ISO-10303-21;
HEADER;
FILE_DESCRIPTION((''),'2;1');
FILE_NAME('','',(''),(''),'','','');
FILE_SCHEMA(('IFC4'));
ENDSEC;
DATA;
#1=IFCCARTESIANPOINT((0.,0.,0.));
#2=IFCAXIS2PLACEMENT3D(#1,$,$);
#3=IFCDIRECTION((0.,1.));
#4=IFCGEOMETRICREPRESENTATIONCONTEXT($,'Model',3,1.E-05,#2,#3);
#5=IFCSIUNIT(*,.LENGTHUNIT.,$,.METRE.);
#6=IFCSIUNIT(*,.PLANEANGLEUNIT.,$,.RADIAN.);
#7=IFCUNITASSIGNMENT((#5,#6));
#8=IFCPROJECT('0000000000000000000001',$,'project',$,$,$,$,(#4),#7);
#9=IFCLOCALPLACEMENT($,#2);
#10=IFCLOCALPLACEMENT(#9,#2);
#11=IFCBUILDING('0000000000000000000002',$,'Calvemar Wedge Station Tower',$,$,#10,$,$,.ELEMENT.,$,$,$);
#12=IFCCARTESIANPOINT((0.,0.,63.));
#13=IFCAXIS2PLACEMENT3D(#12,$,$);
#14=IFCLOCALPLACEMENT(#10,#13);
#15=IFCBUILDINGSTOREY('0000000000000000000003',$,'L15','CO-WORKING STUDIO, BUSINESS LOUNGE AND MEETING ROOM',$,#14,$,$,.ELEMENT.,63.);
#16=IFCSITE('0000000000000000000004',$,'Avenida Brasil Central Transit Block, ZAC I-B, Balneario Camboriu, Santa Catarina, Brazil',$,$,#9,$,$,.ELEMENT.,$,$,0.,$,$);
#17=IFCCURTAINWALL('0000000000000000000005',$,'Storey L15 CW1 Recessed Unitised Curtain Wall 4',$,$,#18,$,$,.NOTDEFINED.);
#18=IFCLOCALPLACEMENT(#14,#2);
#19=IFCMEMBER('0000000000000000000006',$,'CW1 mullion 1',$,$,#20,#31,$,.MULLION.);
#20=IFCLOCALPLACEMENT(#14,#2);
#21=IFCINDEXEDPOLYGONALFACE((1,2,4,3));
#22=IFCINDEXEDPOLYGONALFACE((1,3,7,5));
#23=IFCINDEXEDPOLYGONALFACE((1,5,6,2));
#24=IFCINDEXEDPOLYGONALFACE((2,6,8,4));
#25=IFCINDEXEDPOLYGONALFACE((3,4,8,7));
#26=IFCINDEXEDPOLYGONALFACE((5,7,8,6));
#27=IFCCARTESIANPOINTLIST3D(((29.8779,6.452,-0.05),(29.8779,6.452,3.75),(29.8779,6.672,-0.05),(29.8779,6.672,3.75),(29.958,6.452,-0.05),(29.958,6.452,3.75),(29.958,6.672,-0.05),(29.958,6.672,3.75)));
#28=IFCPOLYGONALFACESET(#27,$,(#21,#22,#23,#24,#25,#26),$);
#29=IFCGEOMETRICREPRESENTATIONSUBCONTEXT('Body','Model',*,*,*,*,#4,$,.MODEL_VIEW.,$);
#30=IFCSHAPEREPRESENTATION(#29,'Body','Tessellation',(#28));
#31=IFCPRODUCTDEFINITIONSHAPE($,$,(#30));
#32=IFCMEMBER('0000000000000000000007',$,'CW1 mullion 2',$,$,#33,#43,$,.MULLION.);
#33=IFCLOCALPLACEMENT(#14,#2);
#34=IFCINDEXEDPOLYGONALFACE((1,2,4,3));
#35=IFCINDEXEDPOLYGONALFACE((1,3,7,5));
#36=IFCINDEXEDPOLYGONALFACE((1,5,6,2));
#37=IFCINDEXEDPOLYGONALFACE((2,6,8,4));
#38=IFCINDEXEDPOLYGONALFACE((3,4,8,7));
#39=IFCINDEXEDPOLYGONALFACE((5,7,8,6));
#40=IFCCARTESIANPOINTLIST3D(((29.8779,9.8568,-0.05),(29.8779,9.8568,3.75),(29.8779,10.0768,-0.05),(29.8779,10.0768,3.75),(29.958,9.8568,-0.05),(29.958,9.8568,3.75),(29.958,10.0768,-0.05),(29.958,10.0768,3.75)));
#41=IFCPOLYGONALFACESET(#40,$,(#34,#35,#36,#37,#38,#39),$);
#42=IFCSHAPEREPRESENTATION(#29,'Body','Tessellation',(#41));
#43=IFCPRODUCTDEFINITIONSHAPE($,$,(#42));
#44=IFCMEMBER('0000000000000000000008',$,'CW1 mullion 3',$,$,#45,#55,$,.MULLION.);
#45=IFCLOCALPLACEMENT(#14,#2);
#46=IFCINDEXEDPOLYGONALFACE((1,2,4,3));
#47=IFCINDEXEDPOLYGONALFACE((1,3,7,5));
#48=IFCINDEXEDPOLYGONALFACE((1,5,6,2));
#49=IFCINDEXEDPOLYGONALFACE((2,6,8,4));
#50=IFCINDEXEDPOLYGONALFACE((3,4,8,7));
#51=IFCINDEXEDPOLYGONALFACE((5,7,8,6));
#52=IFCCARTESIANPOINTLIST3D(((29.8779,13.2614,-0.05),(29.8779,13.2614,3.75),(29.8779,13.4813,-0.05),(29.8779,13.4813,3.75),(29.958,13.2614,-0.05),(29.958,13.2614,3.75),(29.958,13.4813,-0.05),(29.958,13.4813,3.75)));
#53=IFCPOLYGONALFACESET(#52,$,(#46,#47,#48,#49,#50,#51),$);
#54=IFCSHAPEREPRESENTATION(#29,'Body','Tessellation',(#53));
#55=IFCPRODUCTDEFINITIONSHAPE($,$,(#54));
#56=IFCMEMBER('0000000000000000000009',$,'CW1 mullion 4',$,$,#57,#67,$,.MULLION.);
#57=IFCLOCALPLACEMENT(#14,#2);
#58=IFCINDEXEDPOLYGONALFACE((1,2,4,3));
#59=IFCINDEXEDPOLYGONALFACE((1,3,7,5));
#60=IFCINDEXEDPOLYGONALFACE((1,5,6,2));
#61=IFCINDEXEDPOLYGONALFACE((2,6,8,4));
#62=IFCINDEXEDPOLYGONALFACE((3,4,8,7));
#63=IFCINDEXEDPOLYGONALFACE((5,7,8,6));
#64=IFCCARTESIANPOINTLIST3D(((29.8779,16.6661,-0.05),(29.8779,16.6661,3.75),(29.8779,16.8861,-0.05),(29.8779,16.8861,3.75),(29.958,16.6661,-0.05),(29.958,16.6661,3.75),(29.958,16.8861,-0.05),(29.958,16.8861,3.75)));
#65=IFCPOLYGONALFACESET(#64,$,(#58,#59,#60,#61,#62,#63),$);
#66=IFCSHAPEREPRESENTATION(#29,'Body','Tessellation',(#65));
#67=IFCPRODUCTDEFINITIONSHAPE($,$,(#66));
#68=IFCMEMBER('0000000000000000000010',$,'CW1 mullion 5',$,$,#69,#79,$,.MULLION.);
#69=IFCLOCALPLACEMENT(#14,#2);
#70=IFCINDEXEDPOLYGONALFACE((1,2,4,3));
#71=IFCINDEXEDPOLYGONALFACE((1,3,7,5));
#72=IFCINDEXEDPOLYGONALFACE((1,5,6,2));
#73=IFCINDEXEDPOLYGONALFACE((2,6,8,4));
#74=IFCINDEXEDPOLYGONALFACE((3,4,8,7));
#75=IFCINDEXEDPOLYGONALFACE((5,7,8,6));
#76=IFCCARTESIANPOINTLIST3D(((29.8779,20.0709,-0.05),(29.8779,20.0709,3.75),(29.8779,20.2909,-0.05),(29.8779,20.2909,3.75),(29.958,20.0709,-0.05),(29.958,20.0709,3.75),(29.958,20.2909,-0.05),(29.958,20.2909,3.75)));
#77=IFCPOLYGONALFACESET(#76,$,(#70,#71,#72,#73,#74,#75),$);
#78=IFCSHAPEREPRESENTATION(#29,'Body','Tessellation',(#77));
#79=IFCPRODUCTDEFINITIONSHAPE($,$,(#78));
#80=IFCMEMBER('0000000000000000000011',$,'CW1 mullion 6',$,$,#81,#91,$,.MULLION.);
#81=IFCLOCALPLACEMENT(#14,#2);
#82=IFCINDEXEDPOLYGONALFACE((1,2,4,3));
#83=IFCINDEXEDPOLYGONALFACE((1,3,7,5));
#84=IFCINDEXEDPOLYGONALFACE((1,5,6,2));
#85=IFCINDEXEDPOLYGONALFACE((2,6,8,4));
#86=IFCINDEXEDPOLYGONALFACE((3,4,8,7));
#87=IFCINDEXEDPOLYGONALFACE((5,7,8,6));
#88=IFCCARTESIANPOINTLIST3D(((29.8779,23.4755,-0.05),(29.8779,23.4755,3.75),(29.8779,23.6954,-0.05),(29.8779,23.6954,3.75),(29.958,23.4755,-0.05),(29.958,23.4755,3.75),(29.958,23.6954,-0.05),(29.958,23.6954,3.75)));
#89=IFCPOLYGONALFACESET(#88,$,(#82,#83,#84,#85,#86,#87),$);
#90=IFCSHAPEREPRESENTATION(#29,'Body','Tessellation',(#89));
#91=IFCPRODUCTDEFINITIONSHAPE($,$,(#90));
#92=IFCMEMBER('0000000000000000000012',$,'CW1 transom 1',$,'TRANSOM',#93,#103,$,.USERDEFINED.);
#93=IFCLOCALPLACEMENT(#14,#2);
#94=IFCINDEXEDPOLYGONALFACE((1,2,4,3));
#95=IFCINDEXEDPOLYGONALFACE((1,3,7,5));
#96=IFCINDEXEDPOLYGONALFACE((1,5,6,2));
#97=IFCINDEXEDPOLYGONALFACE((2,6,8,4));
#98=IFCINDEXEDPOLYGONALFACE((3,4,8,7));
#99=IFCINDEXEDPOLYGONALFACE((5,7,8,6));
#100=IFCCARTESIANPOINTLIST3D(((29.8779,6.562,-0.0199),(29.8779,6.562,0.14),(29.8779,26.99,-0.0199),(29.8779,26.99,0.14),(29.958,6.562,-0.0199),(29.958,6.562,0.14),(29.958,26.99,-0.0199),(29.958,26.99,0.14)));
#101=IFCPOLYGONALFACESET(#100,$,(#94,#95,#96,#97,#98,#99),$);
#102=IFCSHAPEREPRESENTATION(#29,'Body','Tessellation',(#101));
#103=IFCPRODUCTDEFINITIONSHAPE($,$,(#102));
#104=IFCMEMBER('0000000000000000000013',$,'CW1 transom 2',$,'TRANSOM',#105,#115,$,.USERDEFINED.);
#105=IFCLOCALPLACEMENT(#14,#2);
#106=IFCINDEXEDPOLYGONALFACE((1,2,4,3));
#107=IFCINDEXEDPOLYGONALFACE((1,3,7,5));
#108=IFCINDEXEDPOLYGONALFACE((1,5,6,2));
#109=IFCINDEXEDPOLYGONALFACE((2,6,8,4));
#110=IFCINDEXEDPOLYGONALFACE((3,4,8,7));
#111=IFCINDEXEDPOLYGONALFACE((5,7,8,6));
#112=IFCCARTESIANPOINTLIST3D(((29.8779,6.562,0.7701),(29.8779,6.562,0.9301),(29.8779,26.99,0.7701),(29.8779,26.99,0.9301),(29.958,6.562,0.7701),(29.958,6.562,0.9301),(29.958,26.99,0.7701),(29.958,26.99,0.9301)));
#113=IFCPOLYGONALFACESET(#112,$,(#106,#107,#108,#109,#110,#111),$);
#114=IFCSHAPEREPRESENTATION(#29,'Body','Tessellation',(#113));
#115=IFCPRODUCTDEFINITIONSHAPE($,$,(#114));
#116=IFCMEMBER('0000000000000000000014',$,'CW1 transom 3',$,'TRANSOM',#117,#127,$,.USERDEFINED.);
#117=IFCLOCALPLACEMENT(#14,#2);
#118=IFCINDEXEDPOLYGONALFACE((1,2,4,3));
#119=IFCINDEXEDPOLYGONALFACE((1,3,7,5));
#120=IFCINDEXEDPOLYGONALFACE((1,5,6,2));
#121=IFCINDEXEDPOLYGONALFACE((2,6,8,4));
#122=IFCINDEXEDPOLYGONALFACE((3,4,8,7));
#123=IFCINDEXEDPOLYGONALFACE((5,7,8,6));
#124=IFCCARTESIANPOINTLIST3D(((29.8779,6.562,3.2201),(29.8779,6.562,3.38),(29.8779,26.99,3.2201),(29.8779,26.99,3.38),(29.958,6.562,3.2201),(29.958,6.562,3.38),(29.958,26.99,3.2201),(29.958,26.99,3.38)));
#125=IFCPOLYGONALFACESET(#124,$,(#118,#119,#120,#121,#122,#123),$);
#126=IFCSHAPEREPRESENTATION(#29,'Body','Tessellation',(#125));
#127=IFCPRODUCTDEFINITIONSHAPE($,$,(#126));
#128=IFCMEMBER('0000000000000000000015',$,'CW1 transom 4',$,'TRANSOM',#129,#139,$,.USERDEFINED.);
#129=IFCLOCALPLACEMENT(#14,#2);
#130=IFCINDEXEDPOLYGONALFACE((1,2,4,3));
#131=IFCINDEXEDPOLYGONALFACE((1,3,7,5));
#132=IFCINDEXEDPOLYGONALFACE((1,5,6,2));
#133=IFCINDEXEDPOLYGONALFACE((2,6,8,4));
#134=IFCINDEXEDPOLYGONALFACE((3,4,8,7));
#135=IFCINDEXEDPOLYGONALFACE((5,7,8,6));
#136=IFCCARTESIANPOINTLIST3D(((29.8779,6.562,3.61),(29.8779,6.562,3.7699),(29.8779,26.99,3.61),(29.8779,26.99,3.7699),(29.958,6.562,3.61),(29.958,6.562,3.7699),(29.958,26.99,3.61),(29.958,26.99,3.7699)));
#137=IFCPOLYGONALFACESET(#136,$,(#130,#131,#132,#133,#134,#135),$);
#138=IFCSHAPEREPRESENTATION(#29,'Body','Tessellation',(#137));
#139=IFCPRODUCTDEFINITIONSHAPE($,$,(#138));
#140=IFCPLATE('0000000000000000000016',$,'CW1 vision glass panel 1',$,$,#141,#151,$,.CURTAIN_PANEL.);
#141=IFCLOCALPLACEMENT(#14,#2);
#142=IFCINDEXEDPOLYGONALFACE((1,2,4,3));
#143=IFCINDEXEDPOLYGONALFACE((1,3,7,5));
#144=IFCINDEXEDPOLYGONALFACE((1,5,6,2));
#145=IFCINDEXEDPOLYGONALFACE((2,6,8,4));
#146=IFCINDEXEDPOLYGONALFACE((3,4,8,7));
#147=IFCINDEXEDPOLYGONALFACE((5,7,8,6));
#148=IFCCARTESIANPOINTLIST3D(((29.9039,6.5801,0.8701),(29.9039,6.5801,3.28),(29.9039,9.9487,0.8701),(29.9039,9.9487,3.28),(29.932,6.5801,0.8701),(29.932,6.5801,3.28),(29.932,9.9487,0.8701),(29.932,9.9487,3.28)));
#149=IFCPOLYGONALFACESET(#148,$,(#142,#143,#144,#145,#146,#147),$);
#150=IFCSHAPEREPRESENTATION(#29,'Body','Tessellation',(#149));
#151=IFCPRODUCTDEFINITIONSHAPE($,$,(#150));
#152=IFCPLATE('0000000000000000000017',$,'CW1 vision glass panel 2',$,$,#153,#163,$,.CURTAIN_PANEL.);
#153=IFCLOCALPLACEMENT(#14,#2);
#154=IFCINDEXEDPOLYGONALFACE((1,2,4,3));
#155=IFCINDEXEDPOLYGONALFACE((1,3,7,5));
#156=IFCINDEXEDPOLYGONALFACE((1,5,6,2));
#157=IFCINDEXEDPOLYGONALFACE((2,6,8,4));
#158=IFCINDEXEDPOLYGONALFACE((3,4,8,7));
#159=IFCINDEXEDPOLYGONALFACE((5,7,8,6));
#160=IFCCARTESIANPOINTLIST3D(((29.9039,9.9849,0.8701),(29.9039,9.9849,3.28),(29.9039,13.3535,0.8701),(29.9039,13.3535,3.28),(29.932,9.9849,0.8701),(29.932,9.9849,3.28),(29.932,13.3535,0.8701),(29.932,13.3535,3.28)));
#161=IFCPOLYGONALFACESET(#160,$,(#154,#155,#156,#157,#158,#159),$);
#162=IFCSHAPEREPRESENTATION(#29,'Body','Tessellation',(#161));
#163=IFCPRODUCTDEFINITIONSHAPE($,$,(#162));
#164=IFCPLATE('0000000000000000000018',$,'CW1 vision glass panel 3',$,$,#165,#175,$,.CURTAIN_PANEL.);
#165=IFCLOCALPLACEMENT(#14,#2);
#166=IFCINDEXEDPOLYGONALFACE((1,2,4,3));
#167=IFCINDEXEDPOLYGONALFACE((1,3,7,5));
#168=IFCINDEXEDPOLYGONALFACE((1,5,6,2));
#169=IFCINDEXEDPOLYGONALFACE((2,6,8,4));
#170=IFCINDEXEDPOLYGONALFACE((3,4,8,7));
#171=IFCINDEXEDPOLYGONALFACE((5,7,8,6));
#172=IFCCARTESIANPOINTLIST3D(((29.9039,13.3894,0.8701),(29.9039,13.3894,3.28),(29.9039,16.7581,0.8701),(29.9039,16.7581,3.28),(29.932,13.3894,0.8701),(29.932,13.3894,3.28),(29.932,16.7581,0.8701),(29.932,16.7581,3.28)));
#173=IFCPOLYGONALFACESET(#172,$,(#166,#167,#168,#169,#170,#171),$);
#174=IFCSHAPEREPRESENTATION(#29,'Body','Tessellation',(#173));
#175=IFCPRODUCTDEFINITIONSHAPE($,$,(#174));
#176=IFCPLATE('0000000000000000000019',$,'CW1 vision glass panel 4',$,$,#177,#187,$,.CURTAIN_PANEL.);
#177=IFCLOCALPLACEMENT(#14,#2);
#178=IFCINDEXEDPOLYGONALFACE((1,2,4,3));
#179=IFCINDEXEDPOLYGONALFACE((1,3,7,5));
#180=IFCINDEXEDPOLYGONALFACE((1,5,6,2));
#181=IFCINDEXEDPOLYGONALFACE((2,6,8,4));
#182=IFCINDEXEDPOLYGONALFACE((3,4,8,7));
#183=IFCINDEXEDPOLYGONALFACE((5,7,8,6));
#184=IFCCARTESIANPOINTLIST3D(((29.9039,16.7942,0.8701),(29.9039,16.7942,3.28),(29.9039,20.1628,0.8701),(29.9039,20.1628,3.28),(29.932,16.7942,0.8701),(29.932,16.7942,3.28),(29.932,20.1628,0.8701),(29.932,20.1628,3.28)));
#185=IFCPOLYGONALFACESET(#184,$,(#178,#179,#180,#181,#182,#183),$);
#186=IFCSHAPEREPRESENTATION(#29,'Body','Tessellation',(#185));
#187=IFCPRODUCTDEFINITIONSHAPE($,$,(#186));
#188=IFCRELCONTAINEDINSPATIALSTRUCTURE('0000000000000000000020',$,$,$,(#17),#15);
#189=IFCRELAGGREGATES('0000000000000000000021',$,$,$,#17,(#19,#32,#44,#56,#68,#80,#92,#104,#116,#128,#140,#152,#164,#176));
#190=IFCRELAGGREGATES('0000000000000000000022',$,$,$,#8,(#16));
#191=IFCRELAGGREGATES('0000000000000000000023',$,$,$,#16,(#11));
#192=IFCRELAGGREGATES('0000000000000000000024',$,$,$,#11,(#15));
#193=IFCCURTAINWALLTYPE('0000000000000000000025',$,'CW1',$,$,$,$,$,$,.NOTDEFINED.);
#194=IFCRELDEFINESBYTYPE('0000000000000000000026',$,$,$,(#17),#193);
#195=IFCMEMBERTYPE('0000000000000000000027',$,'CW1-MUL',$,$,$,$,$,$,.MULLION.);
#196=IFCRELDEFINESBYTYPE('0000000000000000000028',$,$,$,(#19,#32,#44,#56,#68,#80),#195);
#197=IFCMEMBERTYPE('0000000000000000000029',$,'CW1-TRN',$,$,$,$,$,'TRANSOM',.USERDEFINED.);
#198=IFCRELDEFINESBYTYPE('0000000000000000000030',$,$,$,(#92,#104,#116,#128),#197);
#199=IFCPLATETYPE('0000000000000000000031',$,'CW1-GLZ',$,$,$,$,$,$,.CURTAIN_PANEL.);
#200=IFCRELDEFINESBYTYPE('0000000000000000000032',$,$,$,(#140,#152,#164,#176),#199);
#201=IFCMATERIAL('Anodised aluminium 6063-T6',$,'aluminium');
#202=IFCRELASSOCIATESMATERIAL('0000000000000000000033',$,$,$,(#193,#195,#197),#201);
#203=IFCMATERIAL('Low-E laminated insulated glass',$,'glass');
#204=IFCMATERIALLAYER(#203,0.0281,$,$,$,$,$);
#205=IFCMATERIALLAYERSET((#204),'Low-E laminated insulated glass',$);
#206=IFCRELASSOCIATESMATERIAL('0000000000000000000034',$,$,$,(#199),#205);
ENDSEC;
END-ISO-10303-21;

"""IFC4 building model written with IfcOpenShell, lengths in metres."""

from ifc_helpers import new_model, si_unit, direction, frame, frame_2d, origin, origin_2d, place, context, subcontext, project, spatial, rectangle, extrude, source, transform, mapped, material, layer, layer_set, material_profile, profile_set, type_object, element, aggregate, save


model = new_model("IFC4")

# Units and contexts
model_context = context("Model", 3, precision=1e-05, world=origin(), true_north=direction((0.0, 1.0)))
body_context = subcontext(model_context, "Body", "Model", "MODEL_VIEW")
ifc_project = project(units=[si_unit("LENGTHUNIT", "METRE"), si_unit("PLANEANGLEUNIT", "RADIAN")], contexts=[model_context])

# Site, building, storey
site_placement = place(None, origin())
site = spatial("IfcSite", under=ifc_project, at=site_placement, Name="Avenida Brasil Central Transit Block, ZAC I-B, Balneario Camboriu, Santa Catarina, Brazil", CompositionType="ELEMENT", RefElevation=0.0)
building_placement = place(site_placement, origin())
building = spatial("IfcBuilding", under=site, at=building_placement, Name="Calvemar Wedge Station Tower", CompositionType="ELEMENT")
storey_placement = place(building_placement, frame((0.0, 0.0, 63.0)))
storey = spatial("IfcBuildingStorey", under=building, at=storey_placement, Name="L15", Description="CO-WORKING STUDIO, BUSINESS LOUNGE AND MEETING ROOM", CompositionType="ELEMENT", Elevation=63.0)

# Curtain wall, members, plates
ifc_material_1 = material(Name="Anodised aluminium 6063-T6", Category="aluminium")
curtain_wall_type = type_object("IfcCurtainWallType", Name="CW1", PredefinedType="NOTDEFINED", material=ifc_material_1)
curtain_wall_placement = place(storey_placement, origin())
curtain_wall = element("IfcCurtainWall", 1, at=curtain_wall_placement, inside=storey, type_object=curtain_wall_type, Name="Storey L15 CW1 Recessed Unitised Curtain Wall 4", PredefinedType="NOTDEFINED")
ifc_material_profile_1 = material_profile(ifc_material_1, rectangle(XDim=0.0801, YDim=0.22, at=origin_2d()), Name="AL-MUL-80x220")
ifc_profile_set_1 = profile_set([ifc_material_profile_1], Name="Anodised aluminium 6063-T6")
member_type_1 = type_object("IfcMemberType", Name="CW1-MUL", PredefinedType="MULLION", material=ifc_profile_set_1)
shared_shape_1 = source(origin(), body_context, "Body", "SweptSolid", [
    extrude(rectangle(XDim=0.0801, YDim=0.22, at=origin_2d()), origin(), (0.0, 0.0, 1.0), 3.8),
])
member_1_placement = place(storey_placement, frame((29.918, 6.562, -0.05), z_axis=(0.0, 0.0, 1.0), x_axis=(1.0, 0.0, 0.0)))
member_1 = element("IfcMember", 2, at=member_1_placement, type_object=member_type_1, Name="CW1 mullion 1", PredefinedType="MULLION", context=body_context, shape_type="MappedRepresentation", body=[
    mapped(shared_shape_1, transform((0.0, 0.0, 0.0), scale=1.0)),
])
member_2_placement = place(storey_placement, frame((29.918, 9.9668, -0.05), z_axis=(0.0, 0.0, 1.0), x_axis=(1.0, 0.0, 0.0)))
member_2 = element("IfcMember", 3, at=member_2_placement, type_object=member_type_1, Name="CW1 mullion 2", PredefinedType="MULLION", context=body_context, shape_type="MappedRepresentation", body=[
    mapped(shared_shape_1, transform((0.0, 0.0, 0.0), scale=1.0)),
])
member_3_placement = place(storey_placement, frame((29.918, 13.3713, -0.05), z_axis=(0.0, 0.0, 1.0), x_axis=(1.0, 0.0, 0.0)))
member_3 = element("IfcMember", 4, at=member_3_placement, type_object=member_type_1, Name="CW1 mullion 3", PredefinedType="MULLION", context=body_context, shape_type="MappedRepresentation", body=[
    mapped(shared_shape_1, transform((0.0, 0.0, 0.0), scale=1.0)),
])
member_4_placement = place(storey_placement, frame((29.918, 16.7761, -0.05), z_axis=(0.0, 0.0, 1.0), x_axis=(1.0, 0.0, 0.0)))
member_4 = element("IfcMember", 5, at=member_4_placement, type_object=member_type_1, Name="CW1 mullion 4", PredefinedType="MULLION", context=body_context, shape_type="MappedRepresentation", body=[
    mapped(shared_shape_1, transform((0.0, 0.0, 0.0), scale=1.0)),
])
member_5_placement = place(storey_placement, frame((29.918, 20.1809, -0.05), z_axis=(0.0, 0.0, 1.0), x_axis=(1.0, 0.0, 0.0)))
member_5 = element("IfcMember", 6, at=member_5_placement, type_object=member_type_1, Name="CW1 mullion 5", PredefinedType="MULLION", context=body_context, shape_type="MappedRepresentation", body=[
    mapped(shared_shape_1, transform((0.0, 0.0, 0.0), scale=1.0)),
])
member_6_placement = place(storey_placement, frame((29.918, 23.5854, -0.05), z_axis=(0.0, 0.0, 1.0), x_axis=(1.0, 0.0, 0.0)))
member_6 = element("IfcMember", 7, at=member_6_placement, type_object=member_type_1, Name="CW1 mullion 6", PredefinedType="MULLION", context=body_context, shape_type="MappedRepresentation", body=[
    mapped(shared_shape_1, transform((0.0, 0.0, 0.0), scale=1.0)),
])
ifc_material_profile_2 = material_profile(ifc_material_1, rectangle(XDim=0.0801, YDim=0.1599, at=origin_2d()), Name="AL-TRN-80x160")
ifc_profile_set_2 = profile_set([ifc_material_profile_2], Name="Anodised aluminium 6063-T6")
member_type_2 = type_object("IfcMemberType", Name="CW1-TRN", ElementType="TRANSOM", PredefinedType="USERDEFINED", material=ifc_profile_set_2)
shared_shape_2 = source(origin(), body_context, "Body", "SweptSolid", [
    extrude(rectangle(XDim=0.0801, YDim=0.1599, at=origin_2d()), origin(), (0.0, 0.0, 1.0), 20.428),
])
member_7_placement = place(storey_placement, frame((29.918, 6.562, 0.0601), z_axis=(0.0, 1.0, 0.0), x_axis=(-1.0, 0.0, 0.0)))
member_7 = element("IfcMember", 8, at=member_7_placement, type_object=member_type_2, Name="CW1 transom 1", ObjectType="TRANSOM", PredefinedType="USERDEFINED", context=body_context, shape_type="MappedRepresentation", body=[
    mapped(shared_shape_2, transform((0.0, 0.0, 0.0), scale=1.0)),
])
member_8_placement = place(storey_placement, frame((29.918, 6.562, 0.8501), z_axis=(0.0, 1.0, 0.0), x_axis=(-1.0, 0.0, 0.0)))
member_8 = element("IfcMember", 9, at=member_8_placement, type_object=member_type_2, Name="CW1 transom 2", ObjectType="TRANSOM", PredefinedType="USERDEFINED", context=body_context, shape_type="MappedRepresentation", body=[
    mapped(shared_shape_2, transform((0.0, 0.0, 0.0), scale=1.0)),
])
member_9_placement = place(storey_placement, frame((29.918, 6.562, 3.3), z_axis=(0.0, 1.0, 0.0), x_axis=(-1.0, 0.0, 0.0)))
member_9 = element("IfcMember", 10, at=member_9_placement, type_object=member_type_2, Name="CW1 transom 3", ObjectType="TRANSOM", PredefinedType="USERDEFINED", context=body_context, shape_type="MappedRepresentation", body=[
    mapped(shared_shape_2, transform((0.0, 0.0, 0.0), scale=1.0)),
])
member_10_placement = place(storey_placement, frame((29.918, 6.562, 3.6899), z_axis=(0.0, 1.0, 0.0), x_axis=(-1.0, 0.0, 0.0)))
member_10 = element("IfcMember", 11, at=member_10_placement, type_object=member_type_2, Name="CW1 transom 4", ObjectType="TRANSOM", PredefinedType="USERDEFINED", context=body_context, shape_type="MappedRepresentation", body=[
    mapped(shared_shape_2, transform((0.0, 0.0, 0.0), scale=1.0)),
])
ifc_material_2 = material(Name="Low-E laminated insulated glass", Category="glass")
ifc_layer_1 = layer(ifc_material_2, 0.0281)
ifc_layer_set_1 = layer_set([ifc_layer_1], Name="Low-E laminated insulated glass")
plate_type_1 = type_object("IfcPlateType", Name="CW1-GLZ", PredefinedType="CURTAIN_PANEL", material=ifc_layer_set_1)
plate_1_placement = place(storey_placement, frame((29.918, 6.5801, 0.8701), z_axis=(0.0, 0.0, 1.0), x_axis=(0.0, 1.0, 0.0)))
plate_1 = element("IfcPlate", 12, at=plate_1_placement, type_object=plate_type_1, Name="CW1 vision glass panel 1", PredefinedType="CURTAIN_PANEL", context=body_context, shape_type="SweptSolid", body=[
    extrude(rectangle(XDim=3.3687, YDim=0.0281, at=frame_2d((1.6843, 0.0))), origin(), (0.0, 0.0, 1.0), 2.4099),
])
plate_2_placement = place(storey_placement, frame((29.918, 9.9849, 0.8701), z_axis=(0.0, 0.0, 1.0), x_axis=(0.0, 1.0, 0.0)))
plate_2 = element("IfcPlate", 13, at=plate_2_placement, type_object=plate_type_1, Name="CW1 vision glass panel 2", PredefinedType="CURTAIN_PANEL", context=body_context, shape_type="SweptSolid", body=[
    extrude(rectangle(XDim=3.3687, YDim=0.0281, at=frame_2d((1.6843, 0.0))), origin(), (0.0, 0.0, 1.0), 2.4099),
])
plate_3_placement = place(storey_placement, frame((29.918, 13.3894, 0.8701), z_axis=(0.0, 0.0, 1.0), x_axis=(0.0, 1.0, 0.0)))
plate_3 = element("IfcPlate", 14, at=plate_3_placement, type_object=plate_type_1, Name="CW1 vision glass panel 3", PredefinedType="CURTAIN_PANEL", context=body_context, shape_type="SweptSolid", body=[
    extrude(rectangle(XDim=3.3687, YDim=0.0281, at=frame_2d((1.6843, 0.0))), origin(), (0.0, 0.0, 1.0), 2.4099),
])
plate_4_placement = place(storey_placement, frame((29.918, 16.7942, 0.8701), z_axis=(0.0, 0.0, 1.0), x_axis=(0.0, 1.0, 0.0)))
plate_4 = element("IfcPlate", 15, at=plate_4_placement, type_object=plate_type_1, Name="CW1 vision glass panel 4", PredefinedType="CURTAIN_PANEL", context=body_context, shape_type="SweptSolid", body=[
    extrude(rectangle(XDim=3.3687, YDim=0.0281, at=frame_2d((1.6843, 0.0))), origin(), (0.0, 0.0, 1.0), 2.4099),
])
aggregate(curtain_wall, [member_1, member_2, member_3, member_4, member_5, member_6, member_7, member_8, member_9, member_10, plate_1, plate_2, plate_3, plate_4])

save(model, "model.ifc")
